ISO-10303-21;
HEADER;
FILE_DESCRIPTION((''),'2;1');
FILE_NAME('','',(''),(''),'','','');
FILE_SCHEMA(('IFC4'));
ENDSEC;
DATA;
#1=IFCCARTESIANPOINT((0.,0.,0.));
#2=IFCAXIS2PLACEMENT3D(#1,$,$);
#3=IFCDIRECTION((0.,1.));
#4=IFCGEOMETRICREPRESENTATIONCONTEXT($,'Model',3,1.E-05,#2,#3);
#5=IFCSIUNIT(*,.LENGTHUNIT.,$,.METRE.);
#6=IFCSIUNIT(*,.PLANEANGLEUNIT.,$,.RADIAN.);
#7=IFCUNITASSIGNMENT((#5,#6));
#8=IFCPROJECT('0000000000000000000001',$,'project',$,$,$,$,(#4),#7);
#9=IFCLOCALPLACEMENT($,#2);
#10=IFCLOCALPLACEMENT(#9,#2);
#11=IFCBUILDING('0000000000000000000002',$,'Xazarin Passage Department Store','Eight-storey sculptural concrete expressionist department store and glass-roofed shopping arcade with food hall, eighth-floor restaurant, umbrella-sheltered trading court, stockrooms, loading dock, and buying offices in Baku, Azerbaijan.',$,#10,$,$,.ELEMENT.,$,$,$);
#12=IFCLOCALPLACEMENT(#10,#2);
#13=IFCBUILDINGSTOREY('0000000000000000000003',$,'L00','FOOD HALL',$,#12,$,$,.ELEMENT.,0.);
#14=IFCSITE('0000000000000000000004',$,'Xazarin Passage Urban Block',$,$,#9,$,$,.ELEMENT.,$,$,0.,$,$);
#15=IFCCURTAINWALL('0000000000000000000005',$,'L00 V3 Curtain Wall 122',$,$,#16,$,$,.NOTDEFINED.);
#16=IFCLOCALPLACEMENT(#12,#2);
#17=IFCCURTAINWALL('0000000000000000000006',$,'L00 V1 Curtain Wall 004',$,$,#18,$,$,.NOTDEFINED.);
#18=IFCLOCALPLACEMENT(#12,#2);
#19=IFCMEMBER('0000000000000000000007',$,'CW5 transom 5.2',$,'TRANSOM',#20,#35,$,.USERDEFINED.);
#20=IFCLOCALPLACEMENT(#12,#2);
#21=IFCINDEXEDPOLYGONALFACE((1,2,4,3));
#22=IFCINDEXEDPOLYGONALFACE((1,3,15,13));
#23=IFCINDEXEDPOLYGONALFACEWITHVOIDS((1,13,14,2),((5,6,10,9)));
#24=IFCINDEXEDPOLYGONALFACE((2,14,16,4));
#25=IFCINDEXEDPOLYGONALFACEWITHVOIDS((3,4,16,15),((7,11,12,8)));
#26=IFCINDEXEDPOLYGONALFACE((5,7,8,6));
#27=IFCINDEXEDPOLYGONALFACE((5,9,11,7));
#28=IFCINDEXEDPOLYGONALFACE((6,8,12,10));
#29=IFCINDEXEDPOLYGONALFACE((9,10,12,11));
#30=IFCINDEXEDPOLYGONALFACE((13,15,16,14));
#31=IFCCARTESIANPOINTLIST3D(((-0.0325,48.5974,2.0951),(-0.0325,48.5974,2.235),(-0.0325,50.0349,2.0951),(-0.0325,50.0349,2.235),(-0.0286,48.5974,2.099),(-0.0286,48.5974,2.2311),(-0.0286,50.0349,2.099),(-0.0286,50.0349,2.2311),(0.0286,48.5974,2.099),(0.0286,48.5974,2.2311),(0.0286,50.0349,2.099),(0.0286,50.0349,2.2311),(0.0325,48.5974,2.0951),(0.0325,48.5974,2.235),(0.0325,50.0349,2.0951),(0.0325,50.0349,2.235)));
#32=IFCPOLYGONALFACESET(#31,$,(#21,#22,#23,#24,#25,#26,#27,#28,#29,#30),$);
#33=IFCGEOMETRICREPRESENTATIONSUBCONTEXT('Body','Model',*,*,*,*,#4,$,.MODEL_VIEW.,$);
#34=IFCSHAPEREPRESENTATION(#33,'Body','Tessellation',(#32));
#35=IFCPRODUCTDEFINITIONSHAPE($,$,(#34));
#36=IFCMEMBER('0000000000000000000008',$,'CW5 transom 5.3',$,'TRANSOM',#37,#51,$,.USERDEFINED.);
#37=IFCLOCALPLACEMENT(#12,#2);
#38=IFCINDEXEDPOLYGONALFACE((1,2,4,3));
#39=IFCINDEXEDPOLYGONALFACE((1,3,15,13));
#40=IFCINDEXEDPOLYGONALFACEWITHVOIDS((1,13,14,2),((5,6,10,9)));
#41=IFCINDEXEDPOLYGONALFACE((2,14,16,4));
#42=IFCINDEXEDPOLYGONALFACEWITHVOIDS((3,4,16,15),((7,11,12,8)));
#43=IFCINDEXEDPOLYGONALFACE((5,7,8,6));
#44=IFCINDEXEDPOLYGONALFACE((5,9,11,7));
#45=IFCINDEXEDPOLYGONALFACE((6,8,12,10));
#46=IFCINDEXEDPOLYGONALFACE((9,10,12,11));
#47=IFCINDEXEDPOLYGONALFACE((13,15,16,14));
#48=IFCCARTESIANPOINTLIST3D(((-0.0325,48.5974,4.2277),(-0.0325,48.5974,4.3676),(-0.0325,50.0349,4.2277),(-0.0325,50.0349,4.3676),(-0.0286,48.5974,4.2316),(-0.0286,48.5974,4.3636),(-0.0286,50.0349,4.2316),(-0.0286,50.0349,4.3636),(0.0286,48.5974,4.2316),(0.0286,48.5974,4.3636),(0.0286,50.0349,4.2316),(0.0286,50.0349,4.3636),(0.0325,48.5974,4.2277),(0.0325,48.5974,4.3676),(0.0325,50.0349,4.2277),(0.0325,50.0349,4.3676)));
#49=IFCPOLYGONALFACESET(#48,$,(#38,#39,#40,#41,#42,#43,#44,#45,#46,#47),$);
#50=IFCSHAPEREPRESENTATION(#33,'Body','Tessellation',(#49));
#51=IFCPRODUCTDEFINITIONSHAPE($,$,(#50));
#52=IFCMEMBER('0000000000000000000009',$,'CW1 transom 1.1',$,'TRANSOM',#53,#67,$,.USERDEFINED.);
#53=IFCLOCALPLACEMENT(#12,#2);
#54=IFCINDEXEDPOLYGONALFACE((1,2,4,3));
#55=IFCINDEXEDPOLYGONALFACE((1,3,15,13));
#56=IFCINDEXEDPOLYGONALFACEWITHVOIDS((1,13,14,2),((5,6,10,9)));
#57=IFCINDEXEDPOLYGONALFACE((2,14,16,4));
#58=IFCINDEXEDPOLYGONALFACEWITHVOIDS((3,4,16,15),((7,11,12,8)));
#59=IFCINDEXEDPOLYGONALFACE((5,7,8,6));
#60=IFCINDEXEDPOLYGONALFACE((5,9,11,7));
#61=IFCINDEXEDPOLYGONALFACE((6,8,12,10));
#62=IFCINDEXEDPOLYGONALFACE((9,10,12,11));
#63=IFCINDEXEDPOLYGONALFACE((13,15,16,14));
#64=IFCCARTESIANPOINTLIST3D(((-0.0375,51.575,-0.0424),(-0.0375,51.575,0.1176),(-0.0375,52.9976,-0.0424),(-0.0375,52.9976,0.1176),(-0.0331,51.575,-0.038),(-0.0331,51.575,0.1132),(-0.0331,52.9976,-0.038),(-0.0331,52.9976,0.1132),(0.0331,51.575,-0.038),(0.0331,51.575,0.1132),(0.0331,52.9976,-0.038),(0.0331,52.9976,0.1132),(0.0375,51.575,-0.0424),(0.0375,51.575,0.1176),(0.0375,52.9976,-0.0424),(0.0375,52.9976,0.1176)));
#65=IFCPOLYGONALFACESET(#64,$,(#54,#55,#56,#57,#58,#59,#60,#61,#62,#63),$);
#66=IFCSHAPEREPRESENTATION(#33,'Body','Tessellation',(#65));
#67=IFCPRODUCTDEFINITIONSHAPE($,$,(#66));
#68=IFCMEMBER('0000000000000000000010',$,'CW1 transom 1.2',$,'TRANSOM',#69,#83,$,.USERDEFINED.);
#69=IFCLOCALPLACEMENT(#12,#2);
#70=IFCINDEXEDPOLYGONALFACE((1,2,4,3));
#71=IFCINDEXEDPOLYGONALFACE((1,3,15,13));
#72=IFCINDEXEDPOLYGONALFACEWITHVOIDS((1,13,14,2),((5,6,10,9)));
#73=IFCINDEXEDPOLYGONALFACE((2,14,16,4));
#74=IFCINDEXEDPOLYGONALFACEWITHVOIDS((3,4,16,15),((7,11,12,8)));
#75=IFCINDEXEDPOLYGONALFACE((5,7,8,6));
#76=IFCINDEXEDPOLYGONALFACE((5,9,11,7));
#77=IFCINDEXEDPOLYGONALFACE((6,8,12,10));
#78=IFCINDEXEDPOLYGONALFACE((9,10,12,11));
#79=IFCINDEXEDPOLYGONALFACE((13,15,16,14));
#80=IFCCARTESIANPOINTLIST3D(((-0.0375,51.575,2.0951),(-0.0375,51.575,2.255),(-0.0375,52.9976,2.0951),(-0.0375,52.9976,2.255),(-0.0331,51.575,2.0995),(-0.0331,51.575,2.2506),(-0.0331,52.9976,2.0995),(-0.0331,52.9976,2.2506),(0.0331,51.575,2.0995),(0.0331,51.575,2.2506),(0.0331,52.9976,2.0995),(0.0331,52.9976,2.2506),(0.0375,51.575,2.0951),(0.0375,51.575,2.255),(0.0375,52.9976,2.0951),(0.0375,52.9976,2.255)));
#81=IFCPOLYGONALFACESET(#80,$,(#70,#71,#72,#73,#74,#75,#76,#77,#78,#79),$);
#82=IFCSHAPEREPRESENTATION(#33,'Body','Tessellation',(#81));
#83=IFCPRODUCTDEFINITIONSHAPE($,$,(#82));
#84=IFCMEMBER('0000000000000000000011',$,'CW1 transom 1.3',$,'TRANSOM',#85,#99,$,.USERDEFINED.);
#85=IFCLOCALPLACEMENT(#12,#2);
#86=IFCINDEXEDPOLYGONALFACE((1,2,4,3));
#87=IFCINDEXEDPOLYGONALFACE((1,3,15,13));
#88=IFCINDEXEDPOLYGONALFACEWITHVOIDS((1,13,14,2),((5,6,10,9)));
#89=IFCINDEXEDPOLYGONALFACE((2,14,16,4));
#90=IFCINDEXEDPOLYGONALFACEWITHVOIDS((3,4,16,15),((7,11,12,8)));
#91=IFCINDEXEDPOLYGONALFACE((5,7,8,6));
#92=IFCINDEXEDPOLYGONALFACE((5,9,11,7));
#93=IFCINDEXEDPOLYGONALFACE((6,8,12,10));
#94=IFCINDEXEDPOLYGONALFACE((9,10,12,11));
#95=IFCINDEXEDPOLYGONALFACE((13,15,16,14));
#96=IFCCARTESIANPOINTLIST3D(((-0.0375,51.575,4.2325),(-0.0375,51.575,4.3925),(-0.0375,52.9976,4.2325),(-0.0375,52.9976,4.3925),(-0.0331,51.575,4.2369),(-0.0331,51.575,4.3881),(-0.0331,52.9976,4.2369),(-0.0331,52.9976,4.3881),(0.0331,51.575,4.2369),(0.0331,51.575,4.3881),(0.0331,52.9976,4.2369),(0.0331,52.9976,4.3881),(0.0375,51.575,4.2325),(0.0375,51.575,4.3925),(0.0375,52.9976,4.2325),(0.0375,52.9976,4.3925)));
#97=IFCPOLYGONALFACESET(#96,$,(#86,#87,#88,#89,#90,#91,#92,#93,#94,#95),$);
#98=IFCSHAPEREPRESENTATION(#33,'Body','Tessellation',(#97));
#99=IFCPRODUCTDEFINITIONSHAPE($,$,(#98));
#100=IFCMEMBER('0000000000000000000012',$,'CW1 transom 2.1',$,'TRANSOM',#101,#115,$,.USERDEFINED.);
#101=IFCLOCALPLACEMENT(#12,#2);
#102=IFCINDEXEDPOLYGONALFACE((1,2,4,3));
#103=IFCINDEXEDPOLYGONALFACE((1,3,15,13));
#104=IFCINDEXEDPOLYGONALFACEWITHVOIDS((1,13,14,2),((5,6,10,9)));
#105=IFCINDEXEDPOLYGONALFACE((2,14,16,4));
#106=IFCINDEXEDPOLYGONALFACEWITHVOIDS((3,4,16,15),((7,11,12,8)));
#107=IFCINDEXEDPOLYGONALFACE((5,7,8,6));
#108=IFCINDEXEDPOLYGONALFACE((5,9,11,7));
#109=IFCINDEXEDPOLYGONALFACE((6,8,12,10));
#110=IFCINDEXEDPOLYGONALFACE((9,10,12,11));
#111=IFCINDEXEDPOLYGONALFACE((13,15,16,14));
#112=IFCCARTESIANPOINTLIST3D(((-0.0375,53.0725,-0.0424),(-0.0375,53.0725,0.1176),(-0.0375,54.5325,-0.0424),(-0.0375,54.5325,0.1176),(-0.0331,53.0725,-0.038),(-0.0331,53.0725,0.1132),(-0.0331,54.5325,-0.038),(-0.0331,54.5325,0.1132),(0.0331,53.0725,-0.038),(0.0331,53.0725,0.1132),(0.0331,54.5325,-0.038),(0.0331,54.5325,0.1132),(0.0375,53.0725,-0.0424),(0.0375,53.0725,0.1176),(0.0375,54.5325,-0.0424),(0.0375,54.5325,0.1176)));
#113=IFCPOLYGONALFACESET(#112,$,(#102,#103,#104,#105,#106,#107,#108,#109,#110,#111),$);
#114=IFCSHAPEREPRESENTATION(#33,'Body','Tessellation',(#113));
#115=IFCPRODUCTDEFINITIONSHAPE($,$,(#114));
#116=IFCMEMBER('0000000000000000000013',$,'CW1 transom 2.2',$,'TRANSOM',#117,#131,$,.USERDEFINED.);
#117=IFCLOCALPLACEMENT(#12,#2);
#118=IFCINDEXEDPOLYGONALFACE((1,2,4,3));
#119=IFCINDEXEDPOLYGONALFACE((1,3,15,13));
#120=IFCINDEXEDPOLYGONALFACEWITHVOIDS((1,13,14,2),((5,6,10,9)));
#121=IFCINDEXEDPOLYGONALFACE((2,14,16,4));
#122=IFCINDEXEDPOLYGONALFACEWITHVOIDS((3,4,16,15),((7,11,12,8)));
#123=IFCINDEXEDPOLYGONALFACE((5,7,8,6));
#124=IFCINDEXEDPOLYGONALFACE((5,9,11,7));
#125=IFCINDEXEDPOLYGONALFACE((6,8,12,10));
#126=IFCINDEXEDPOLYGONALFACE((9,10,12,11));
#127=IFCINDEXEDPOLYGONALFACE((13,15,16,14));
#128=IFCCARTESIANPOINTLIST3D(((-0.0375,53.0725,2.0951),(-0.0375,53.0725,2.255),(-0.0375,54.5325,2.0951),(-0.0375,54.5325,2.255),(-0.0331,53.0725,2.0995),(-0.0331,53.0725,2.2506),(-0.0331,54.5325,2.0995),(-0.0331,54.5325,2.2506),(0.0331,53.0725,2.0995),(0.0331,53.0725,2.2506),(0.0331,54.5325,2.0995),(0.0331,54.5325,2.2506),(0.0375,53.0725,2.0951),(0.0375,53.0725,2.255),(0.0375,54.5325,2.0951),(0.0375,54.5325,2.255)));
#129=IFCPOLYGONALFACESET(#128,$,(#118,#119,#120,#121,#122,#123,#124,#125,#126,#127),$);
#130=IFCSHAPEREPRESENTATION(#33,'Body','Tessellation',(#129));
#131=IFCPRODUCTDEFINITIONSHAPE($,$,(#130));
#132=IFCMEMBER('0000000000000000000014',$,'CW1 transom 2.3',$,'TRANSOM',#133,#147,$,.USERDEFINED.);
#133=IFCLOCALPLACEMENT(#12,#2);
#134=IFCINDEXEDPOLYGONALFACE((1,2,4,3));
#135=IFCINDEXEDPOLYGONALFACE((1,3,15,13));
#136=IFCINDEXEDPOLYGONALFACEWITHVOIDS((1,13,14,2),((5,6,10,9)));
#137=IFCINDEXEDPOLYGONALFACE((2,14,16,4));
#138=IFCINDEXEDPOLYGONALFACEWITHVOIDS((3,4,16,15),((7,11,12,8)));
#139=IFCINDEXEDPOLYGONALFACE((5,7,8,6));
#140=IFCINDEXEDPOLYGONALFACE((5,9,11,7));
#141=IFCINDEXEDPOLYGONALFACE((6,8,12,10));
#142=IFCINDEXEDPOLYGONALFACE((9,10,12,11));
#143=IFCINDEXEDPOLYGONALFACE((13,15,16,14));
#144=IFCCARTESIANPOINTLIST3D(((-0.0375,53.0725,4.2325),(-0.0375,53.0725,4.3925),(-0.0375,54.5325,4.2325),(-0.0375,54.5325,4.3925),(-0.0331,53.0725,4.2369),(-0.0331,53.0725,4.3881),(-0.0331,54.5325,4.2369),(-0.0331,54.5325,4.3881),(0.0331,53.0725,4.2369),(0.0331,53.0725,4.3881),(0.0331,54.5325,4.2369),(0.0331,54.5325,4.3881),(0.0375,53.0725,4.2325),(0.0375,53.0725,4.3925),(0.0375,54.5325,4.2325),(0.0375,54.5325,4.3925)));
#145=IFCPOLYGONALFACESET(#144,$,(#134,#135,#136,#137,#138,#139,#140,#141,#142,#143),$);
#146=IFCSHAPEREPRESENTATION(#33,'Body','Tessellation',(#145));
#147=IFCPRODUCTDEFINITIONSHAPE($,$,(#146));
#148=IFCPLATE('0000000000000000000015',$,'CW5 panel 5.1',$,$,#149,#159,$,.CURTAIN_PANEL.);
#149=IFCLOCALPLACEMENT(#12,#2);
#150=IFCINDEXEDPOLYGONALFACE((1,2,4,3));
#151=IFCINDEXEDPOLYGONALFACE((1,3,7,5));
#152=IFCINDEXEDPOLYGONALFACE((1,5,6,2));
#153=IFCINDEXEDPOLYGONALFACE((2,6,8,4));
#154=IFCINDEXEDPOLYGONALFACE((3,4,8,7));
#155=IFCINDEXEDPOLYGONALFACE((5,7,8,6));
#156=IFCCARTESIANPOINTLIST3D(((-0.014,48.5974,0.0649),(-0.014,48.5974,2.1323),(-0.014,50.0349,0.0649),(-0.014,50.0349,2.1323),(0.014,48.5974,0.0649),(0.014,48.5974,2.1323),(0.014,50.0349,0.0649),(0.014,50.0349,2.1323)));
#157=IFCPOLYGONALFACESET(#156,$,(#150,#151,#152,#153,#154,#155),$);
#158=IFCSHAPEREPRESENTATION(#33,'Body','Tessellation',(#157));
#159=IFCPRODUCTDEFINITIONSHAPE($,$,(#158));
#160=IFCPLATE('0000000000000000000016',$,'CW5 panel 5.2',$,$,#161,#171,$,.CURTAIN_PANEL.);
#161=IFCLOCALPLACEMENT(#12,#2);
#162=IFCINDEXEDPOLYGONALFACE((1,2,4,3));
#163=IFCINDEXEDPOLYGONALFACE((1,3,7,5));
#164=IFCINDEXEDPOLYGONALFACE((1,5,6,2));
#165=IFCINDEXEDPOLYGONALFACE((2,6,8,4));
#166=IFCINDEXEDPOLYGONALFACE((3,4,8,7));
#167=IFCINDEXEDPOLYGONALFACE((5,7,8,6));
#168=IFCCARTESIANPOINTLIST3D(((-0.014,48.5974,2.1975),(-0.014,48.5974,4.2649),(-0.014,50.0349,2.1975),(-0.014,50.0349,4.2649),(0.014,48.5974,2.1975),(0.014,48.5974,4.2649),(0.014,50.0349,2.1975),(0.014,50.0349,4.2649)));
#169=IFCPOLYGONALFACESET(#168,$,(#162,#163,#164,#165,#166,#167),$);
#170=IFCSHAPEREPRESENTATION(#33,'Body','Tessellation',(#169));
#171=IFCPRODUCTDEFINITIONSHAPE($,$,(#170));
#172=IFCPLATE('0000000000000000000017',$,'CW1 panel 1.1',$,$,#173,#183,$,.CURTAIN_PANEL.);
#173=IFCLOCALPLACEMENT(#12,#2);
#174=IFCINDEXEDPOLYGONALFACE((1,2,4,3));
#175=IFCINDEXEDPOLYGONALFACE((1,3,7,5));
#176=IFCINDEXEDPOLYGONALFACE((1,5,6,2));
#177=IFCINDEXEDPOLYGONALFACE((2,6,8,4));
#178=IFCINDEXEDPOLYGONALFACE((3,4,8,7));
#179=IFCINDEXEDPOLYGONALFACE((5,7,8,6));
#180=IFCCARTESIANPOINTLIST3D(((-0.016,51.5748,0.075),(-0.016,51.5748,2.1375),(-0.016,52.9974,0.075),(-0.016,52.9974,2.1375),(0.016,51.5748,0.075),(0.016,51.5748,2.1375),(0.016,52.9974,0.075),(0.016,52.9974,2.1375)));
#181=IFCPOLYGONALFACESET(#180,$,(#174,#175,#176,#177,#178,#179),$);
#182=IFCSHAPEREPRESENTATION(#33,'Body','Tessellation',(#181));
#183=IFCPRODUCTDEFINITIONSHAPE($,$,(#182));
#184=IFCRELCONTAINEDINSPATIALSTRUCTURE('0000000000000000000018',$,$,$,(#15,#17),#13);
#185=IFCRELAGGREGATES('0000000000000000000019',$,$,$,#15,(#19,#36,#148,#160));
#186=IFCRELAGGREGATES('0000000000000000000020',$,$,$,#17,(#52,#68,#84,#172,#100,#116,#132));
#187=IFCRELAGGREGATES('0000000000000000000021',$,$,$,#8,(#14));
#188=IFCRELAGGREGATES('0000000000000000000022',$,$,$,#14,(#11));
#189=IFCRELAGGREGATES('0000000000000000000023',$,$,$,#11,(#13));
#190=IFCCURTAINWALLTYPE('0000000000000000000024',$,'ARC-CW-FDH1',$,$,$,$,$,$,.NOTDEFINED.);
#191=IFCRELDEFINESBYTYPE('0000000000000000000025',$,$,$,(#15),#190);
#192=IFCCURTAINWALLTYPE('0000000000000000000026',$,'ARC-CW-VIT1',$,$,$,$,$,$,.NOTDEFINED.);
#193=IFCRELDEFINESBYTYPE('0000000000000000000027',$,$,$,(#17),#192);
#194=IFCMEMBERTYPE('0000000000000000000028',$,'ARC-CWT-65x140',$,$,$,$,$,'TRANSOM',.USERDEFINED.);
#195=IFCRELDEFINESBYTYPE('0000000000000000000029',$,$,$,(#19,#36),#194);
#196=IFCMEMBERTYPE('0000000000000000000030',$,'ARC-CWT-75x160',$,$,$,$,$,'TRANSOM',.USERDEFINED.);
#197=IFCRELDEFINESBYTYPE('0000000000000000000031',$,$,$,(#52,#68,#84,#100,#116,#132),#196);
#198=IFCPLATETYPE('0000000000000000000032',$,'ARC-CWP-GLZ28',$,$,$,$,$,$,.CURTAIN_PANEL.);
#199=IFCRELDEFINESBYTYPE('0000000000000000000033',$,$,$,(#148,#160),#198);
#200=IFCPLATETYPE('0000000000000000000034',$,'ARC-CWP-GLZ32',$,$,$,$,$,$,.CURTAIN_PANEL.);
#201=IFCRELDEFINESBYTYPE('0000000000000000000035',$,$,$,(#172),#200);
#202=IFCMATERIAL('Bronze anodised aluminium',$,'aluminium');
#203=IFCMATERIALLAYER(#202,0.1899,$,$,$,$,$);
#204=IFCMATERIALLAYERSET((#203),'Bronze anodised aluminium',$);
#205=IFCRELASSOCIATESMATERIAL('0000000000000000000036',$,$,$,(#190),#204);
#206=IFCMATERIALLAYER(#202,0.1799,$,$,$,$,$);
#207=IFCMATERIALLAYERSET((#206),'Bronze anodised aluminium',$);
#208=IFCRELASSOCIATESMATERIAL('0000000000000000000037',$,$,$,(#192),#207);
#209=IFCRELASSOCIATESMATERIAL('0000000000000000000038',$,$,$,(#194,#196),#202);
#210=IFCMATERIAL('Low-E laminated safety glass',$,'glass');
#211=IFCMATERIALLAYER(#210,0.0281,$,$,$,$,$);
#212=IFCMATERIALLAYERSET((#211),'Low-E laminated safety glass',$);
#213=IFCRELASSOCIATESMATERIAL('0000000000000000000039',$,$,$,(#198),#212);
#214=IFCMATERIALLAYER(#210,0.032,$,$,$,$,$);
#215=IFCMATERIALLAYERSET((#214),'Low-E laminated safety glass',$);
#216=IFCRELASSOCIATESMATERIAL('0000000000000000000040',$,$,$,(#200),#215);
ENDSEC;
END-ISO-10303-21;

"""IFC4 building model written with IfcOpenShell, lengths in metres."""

from ifc_helpers import new_model, si_unit, direction, frame, origin, origin_2d, place, context, subcontext, project, spatial, rectangle, hollow_rectangle, extrude, material, layer, layer_set, material_profile, profile_set, type_object, element, aggregate, save


model = new_model("IFC4")

# Units and contexts
model_context = context("Model", 3, precision=1e-05, world=origin(), true_north=direction((0.0, 1.0)))
body_context = subcontext(model_context, "Body", "Model", "MODEL_VIEW")
ifc_project = project(units=[si_unit("LENGTHUNIT", "METRE"), si_unit("PLANEANGLEUNIT", "RADIAN")], contexts=[model_context])

# Site, building, storey
site_placement = place(None, origin())
site = spatial("IfcSite", under=ifc_project, at=site_placement, Name="Xazarin Passage Urban Block", CompositionType="ELEMENT", RefElevation=0.0)
building_placement = place(site_placement, origin())
building = spatial("IfcBuilding", under=site, at=building_placement, Name="Xazarin Passage Department Store", Description="Eight-storey sculptural concrete expressionist department store and glass-roofed shopping arcade with food hall, eighth-floor restaurant, umbrella-sheltered trading court, stockrooms, loading dock, and buying offices in Baku, Azerbaijan.", CompositionType="ELEMENT")
storey_placement = place(building_placement, origin())
storey = spatial("IfcBuildingStorey", under=building, at=storey_placement, Name="L00", Description="FOOD HALL", CompositionType="ELEMENT", Elevation=0.0)

# Curtain wall
ifc_material_1 = material(Name="Bronze anodised aluminium", Category="aluminium")
ifc_layer_1 = layer(ifc_material_1, 0.1899)
ifc_layer_set_1 = layer_set([ifc_layer_1], Name="Bronze anodised aluminium")
curtain_wall_type_1 = type_object("IfcCurtainWallType", Name="ARC-CW-FDH1", PredefinedType="NOTDEFINED", material=ifc_layer_set_1)
curtain_wall_1_placement = place(storey_placement, origin())
curtain_wall_1 = element("IfcCurtainWall", 1, at=curtain_wall_1_placement, inside=storey, type_object=curtain_wall_type_1, Name="L00 V3 Curtain Wall 122", PredefinedType="NOTDEFINED")

# Curtain wall
ifc_layer_2 = layer(ifc_material_1, 0.1799)
ifc_layer_set_2 = layer_set([ifc_layer_2], Name="Bronze anodised aluminium")
curtain_wall_type_2 = type_object("IfcCurtainWallType", Name="ARC-CW-VIT1", PredefinedType="NOTDEFINED", material=ifc_layer_set_2)
curtain_wall_2_placement = place(storey_placement, origin())
curtain_wall_2 = element("IfcCurtainWall", 2, at=curtain_wall_2_placement, inside=storey, type_object=curtain_wall_type_2, Name="L00 V1 Curtain Wall 004", PredefinedType="NOTDEFINED")

# Members
ifc_material_profile_1 = material_profile(ifc_material_1, hollow_rectangle(XDim=0.0649, YDim=0.1399, WallThickness=0.0039, at=origin_2d()), Name="ALU 65x140")
ifc_profile_set_1 = profile_set([ifc_material_profile_1], Name="Bronze anodised aluminium")
member_type_1 = type_object("IfcMemberType", Name="ARC-CWT-65x140", ElementType="TRANSOM", PredefinedType="USERDEFINED", material=ifc_profile_set_1)
member_1_placement = place(storey_placement, frame((0.0, 48.5974, 2.165), z_axis=(0.0, 1.0, 0.0), x_axis=(-1.0, 0.0, 0.0)))
member_1 = element("IfcMember", 3, at=member_1_placement, type_object=member_type_1, Name="CW5 transom 5.2", ObjectType="TRANSOM", PredefinedType="USERDEFINED", context=body_context, shape_type="SweptSolid", body=[
    extrude(hollow_rectangle(XDim=0.0649, YDim=0.1399, WallThickness=0.0039, at=origin_2d()), origin(), (0.0, 0.0, 1.0), 1.4375),
])
member_2_placement = place(storey_placement, frame((0.0, 48.5974, 4.2976), z_axis=(0.0, 1.0, 0.0), x_axis=(-1.0, 0.0, 0.0)))
member_2 = element("IfcMember", 4, at=member_2_placement, type_object=member_type_1, Name="CW5 transom 5.3", ObjectType="TRANSOM", PredefinedType="USERDEFINED", context=body_context, shape_type="SweptSolid", body=[
    extrude(hollow_rectangle(XDim=0.0649, YDim=0.1399, WallThickness=0.0039, at=origin_2d()), origin(), (0.0, 0.0, 1.0), 1.4375),
])
ifc_material_profile_2 = material_profile(ifc_material_1, hollow_rectangle(XDim=0.075, YDim=0.1599, WallThickness=0.0044, at=origin_2d()), Name="ALU 75x160")
ifc_profile_set_2 = profile_set([ifc_material_profile_2], Name="Bronze anodised aluminium")
member_type_2 = type_object("IfcMemberType", Name="ARC-CWT-75x160", ElementType="TRANSOM", PredefinedType="USERDEFINED", material=ifc_profile_set_2)
member_3_placement = place(storey_placement, frame((0.0, 51.575, 0.0376), z_axis=(0.0, 1.0, 0.0), x_axis=(-1.0, 0.0, 0.0)))
member_3 = element("IfcMember", 5, at=member_3_placement, type_object=member_type_2, Name="CW1 transom 1.1", ObjectType="TRANSOM", PredefinedType="USERDEFINED", context=body_context, shape_type="SweptSolid", body=[
    extrude(hollow_rectangle(XDim=0.075, YDim=0.1599, WallThickness=0.0044, at=origin_2d()), origin(), (0.0, 0.0, 1.0), 1.4226),
])
member_4_placement = place(storey_placement, frame((0.0, 51.575, 2.175), z_axis=(0.0, 1.0, 0.0), x_axis=(-1.0, 0.0, 0.0)))
member_4 = element("IfcMember", 6, at=member_4_placement, type_object=member_type_2, Name="CW1 transom 1.2", ObjectType="TRANSOM", PredefinedType="USERDEFINED", context=body_context, shape_type="SweptSolid", body=[
    extrude(hollow_rectangle(XDim=0.075, YDim=0.1599, WallThickness=0.0044, at=origin_2d()), origin(), (0.0, 0.0, 1.0), 1.4226),
])
member_5_placement = place(storey_placement, frame((0.0, 51.575, 4.3125), z_axis=(0.0, 1.0, 0.0), x_axis=(-1.0, 0.0, 0.0)))
member_5 = element("IfcMember", 7, at=member_5_placement, type_object=member_type_2, Name="CW1 transom 1.3", ObjectType="TRANSOM", PredefinedType="USERDEFINED", context=body_context, shape_type="SweptSolid", body=[
    extrude(hollow_rectangle(XDim=0.075, YDim=0.1599, WallThickness=0.0044, at=origin_2d()), origin(), (0.0, 0.0, 1.0), 1.4226),
])
member_6_placement = place(storey_placement, frame((0.0, 53.0725, 0.0376), z_axis=(0.0, 1.0, 0.0), x_axis=(-1.0, 0.0, 0.0)))
member_6 = element("IfcMember", 8, at=member_6_placement, type_object=member_type_2, Name="CW1 transom 2.1", ObjectType="TRANSOM", PredefinedType="USERDEFINED", context=body_context, shape_type="SweptSolid", body=[
    extrude(hollow_rectangle(XDim=0.075, YDim=0.1599, WallThickness=0.0044, at=origin_2d()), origin(), (0.0, 0.0, 1.0), 1.46),
])
member_7_placement = place(storey_placement, frame((0.0, 53.0725, 2.175), z_axis=(0.0, 1.0, 0.0), x_axis=(-1.0, 0.0, 0.0)))
member_7 = element("IfcMember", 9, at=member_7_placement, type_object=member_type_2, Name="CW1 transom 2.2", ObjectType="TRANSOM", PredefinedType="USERDEFINED", context=body_context, shape_type="SweptSolid", body=[
    extrude(hollow_rectangle(XDim=0.075, YDim=0.1599, WallThickness=0.0044, at=origin_2d()), origin(), (0.0, 0.0, 1.0), 1.46),
])
member_8_placement = place(storey_placement, frame((0.0, 53.0725, 4.3125), z_axis=(0.0, 1.0, 0.0), x_axis=(-1.0, 0.0, 0.0)))
member_8 = element("IfcMember", 10, at=member_8_placement, type_object=member_type_2, Name="CW1 transom 2.3", ObjectType="TRANSOM", PredefinedType="USERDEFINED", context=body_context, shape_type="SweptSolid", body=[
    extrude(hollow_rectangle(XDim=0.075, YDim=0.1599, WallThickness=0.0044, at=origin_2d()), origin(), (0.0, 0.0, 1.0), 1.46),
])

# Plates
ifc_material_2 = material(Name="Low-E laminated safety glass", Category="glass")
ifc_layer_3 = layer(ifc_material_2, 0.0281)
ifc_layer_set_3 = layer_set([ifc_layer_3], Name="Low-E laminated safety glass")
plate_type_1 = type_object("IfcPlateType", Name="ARC-CWP-GLZ28", PredefinedType="CURTAIN_PANEL", material=ifc_layer_set_3)
plate_1_placement = place(storey_placement, frame((0.0, 49.3162, 0.0649), z_axis=(0.0, 0.0, 1.0), x_axis=(0.0, 1.0, 0.0)))
plate_1 = element("IfcPlate", 11, at=plate_1_placement, type_object=plate_type_1, Name="CW5 panel 5.1", PredefinedType="CURTAIN_PANEL", context=body_context, shape_type="SweptSolid", body=[
    extrude(rectangle(XDim=1.4375, YDim=0.0281, at=origin_2d()), origin(), (0.0, 0.0, 1.0), 2.0674),
])
plate_2_placement = place(storey_placement, frame((0.0, 49.3162, 2.1975), z_axis=(0.0, 0.0, 1.0), x_axis=(0.0, 1.0, 0.0)))
plate_2 = element("IfcPlate", 12, at=plate_2_placement, type_object=plate_type_1, Name="CW5 panel 5.2", PredefinedType="CURTAIN_PANEL", context=body_context, shape_type="SweptSolid", body=[
    extrude(rectangle(XDim=1.4375, YDim=0.0281, at=origin_2d()), origin(), (0.0, 0.0, 1.0), 2.0674),
])
aggregate(curtain_wall_1, [member_1, member_2, plate_1, plate_2])
ifc_layer_4 = layer(ifc_material_2, 0.032)
ifc_layer_set_4 = layer_set([ifc_layer_4], Name="Low-E laminated safety glass")
plate_type_2 = type_object("IfcPlateType", Name="ARC-CWP-GLZ32", PredefinedType="CURTAIN_PANEL", material=ifc_layer_set_4)
plate_3_placement = place(storey_placement, frame((0.0, 52.2861, 0.075), z_axis=(0.0, 0.0, 1.0), x_axis=(0.0, 1.0, 0.0)))
plate_3 = element("IfcPlate", 13, at=plate_3_placement, type_object=plate_type_2, Name="CW1 panel 1.1", PredefinedType="CURTAIN_PANEL", context=body_context, shape_type="SweptSolid", body=[
    extrude(rectangle(XDim=1.4226, YDim=0.032, at=origin_2d()), origin(), (0.0, 0.0, 1.0), 2.0625),
])
aggregate(curtain_wall_2, [member_3, member_4, member_5, plate_3, member_6, member_7, member_8])

save(model, "model.ifc")
